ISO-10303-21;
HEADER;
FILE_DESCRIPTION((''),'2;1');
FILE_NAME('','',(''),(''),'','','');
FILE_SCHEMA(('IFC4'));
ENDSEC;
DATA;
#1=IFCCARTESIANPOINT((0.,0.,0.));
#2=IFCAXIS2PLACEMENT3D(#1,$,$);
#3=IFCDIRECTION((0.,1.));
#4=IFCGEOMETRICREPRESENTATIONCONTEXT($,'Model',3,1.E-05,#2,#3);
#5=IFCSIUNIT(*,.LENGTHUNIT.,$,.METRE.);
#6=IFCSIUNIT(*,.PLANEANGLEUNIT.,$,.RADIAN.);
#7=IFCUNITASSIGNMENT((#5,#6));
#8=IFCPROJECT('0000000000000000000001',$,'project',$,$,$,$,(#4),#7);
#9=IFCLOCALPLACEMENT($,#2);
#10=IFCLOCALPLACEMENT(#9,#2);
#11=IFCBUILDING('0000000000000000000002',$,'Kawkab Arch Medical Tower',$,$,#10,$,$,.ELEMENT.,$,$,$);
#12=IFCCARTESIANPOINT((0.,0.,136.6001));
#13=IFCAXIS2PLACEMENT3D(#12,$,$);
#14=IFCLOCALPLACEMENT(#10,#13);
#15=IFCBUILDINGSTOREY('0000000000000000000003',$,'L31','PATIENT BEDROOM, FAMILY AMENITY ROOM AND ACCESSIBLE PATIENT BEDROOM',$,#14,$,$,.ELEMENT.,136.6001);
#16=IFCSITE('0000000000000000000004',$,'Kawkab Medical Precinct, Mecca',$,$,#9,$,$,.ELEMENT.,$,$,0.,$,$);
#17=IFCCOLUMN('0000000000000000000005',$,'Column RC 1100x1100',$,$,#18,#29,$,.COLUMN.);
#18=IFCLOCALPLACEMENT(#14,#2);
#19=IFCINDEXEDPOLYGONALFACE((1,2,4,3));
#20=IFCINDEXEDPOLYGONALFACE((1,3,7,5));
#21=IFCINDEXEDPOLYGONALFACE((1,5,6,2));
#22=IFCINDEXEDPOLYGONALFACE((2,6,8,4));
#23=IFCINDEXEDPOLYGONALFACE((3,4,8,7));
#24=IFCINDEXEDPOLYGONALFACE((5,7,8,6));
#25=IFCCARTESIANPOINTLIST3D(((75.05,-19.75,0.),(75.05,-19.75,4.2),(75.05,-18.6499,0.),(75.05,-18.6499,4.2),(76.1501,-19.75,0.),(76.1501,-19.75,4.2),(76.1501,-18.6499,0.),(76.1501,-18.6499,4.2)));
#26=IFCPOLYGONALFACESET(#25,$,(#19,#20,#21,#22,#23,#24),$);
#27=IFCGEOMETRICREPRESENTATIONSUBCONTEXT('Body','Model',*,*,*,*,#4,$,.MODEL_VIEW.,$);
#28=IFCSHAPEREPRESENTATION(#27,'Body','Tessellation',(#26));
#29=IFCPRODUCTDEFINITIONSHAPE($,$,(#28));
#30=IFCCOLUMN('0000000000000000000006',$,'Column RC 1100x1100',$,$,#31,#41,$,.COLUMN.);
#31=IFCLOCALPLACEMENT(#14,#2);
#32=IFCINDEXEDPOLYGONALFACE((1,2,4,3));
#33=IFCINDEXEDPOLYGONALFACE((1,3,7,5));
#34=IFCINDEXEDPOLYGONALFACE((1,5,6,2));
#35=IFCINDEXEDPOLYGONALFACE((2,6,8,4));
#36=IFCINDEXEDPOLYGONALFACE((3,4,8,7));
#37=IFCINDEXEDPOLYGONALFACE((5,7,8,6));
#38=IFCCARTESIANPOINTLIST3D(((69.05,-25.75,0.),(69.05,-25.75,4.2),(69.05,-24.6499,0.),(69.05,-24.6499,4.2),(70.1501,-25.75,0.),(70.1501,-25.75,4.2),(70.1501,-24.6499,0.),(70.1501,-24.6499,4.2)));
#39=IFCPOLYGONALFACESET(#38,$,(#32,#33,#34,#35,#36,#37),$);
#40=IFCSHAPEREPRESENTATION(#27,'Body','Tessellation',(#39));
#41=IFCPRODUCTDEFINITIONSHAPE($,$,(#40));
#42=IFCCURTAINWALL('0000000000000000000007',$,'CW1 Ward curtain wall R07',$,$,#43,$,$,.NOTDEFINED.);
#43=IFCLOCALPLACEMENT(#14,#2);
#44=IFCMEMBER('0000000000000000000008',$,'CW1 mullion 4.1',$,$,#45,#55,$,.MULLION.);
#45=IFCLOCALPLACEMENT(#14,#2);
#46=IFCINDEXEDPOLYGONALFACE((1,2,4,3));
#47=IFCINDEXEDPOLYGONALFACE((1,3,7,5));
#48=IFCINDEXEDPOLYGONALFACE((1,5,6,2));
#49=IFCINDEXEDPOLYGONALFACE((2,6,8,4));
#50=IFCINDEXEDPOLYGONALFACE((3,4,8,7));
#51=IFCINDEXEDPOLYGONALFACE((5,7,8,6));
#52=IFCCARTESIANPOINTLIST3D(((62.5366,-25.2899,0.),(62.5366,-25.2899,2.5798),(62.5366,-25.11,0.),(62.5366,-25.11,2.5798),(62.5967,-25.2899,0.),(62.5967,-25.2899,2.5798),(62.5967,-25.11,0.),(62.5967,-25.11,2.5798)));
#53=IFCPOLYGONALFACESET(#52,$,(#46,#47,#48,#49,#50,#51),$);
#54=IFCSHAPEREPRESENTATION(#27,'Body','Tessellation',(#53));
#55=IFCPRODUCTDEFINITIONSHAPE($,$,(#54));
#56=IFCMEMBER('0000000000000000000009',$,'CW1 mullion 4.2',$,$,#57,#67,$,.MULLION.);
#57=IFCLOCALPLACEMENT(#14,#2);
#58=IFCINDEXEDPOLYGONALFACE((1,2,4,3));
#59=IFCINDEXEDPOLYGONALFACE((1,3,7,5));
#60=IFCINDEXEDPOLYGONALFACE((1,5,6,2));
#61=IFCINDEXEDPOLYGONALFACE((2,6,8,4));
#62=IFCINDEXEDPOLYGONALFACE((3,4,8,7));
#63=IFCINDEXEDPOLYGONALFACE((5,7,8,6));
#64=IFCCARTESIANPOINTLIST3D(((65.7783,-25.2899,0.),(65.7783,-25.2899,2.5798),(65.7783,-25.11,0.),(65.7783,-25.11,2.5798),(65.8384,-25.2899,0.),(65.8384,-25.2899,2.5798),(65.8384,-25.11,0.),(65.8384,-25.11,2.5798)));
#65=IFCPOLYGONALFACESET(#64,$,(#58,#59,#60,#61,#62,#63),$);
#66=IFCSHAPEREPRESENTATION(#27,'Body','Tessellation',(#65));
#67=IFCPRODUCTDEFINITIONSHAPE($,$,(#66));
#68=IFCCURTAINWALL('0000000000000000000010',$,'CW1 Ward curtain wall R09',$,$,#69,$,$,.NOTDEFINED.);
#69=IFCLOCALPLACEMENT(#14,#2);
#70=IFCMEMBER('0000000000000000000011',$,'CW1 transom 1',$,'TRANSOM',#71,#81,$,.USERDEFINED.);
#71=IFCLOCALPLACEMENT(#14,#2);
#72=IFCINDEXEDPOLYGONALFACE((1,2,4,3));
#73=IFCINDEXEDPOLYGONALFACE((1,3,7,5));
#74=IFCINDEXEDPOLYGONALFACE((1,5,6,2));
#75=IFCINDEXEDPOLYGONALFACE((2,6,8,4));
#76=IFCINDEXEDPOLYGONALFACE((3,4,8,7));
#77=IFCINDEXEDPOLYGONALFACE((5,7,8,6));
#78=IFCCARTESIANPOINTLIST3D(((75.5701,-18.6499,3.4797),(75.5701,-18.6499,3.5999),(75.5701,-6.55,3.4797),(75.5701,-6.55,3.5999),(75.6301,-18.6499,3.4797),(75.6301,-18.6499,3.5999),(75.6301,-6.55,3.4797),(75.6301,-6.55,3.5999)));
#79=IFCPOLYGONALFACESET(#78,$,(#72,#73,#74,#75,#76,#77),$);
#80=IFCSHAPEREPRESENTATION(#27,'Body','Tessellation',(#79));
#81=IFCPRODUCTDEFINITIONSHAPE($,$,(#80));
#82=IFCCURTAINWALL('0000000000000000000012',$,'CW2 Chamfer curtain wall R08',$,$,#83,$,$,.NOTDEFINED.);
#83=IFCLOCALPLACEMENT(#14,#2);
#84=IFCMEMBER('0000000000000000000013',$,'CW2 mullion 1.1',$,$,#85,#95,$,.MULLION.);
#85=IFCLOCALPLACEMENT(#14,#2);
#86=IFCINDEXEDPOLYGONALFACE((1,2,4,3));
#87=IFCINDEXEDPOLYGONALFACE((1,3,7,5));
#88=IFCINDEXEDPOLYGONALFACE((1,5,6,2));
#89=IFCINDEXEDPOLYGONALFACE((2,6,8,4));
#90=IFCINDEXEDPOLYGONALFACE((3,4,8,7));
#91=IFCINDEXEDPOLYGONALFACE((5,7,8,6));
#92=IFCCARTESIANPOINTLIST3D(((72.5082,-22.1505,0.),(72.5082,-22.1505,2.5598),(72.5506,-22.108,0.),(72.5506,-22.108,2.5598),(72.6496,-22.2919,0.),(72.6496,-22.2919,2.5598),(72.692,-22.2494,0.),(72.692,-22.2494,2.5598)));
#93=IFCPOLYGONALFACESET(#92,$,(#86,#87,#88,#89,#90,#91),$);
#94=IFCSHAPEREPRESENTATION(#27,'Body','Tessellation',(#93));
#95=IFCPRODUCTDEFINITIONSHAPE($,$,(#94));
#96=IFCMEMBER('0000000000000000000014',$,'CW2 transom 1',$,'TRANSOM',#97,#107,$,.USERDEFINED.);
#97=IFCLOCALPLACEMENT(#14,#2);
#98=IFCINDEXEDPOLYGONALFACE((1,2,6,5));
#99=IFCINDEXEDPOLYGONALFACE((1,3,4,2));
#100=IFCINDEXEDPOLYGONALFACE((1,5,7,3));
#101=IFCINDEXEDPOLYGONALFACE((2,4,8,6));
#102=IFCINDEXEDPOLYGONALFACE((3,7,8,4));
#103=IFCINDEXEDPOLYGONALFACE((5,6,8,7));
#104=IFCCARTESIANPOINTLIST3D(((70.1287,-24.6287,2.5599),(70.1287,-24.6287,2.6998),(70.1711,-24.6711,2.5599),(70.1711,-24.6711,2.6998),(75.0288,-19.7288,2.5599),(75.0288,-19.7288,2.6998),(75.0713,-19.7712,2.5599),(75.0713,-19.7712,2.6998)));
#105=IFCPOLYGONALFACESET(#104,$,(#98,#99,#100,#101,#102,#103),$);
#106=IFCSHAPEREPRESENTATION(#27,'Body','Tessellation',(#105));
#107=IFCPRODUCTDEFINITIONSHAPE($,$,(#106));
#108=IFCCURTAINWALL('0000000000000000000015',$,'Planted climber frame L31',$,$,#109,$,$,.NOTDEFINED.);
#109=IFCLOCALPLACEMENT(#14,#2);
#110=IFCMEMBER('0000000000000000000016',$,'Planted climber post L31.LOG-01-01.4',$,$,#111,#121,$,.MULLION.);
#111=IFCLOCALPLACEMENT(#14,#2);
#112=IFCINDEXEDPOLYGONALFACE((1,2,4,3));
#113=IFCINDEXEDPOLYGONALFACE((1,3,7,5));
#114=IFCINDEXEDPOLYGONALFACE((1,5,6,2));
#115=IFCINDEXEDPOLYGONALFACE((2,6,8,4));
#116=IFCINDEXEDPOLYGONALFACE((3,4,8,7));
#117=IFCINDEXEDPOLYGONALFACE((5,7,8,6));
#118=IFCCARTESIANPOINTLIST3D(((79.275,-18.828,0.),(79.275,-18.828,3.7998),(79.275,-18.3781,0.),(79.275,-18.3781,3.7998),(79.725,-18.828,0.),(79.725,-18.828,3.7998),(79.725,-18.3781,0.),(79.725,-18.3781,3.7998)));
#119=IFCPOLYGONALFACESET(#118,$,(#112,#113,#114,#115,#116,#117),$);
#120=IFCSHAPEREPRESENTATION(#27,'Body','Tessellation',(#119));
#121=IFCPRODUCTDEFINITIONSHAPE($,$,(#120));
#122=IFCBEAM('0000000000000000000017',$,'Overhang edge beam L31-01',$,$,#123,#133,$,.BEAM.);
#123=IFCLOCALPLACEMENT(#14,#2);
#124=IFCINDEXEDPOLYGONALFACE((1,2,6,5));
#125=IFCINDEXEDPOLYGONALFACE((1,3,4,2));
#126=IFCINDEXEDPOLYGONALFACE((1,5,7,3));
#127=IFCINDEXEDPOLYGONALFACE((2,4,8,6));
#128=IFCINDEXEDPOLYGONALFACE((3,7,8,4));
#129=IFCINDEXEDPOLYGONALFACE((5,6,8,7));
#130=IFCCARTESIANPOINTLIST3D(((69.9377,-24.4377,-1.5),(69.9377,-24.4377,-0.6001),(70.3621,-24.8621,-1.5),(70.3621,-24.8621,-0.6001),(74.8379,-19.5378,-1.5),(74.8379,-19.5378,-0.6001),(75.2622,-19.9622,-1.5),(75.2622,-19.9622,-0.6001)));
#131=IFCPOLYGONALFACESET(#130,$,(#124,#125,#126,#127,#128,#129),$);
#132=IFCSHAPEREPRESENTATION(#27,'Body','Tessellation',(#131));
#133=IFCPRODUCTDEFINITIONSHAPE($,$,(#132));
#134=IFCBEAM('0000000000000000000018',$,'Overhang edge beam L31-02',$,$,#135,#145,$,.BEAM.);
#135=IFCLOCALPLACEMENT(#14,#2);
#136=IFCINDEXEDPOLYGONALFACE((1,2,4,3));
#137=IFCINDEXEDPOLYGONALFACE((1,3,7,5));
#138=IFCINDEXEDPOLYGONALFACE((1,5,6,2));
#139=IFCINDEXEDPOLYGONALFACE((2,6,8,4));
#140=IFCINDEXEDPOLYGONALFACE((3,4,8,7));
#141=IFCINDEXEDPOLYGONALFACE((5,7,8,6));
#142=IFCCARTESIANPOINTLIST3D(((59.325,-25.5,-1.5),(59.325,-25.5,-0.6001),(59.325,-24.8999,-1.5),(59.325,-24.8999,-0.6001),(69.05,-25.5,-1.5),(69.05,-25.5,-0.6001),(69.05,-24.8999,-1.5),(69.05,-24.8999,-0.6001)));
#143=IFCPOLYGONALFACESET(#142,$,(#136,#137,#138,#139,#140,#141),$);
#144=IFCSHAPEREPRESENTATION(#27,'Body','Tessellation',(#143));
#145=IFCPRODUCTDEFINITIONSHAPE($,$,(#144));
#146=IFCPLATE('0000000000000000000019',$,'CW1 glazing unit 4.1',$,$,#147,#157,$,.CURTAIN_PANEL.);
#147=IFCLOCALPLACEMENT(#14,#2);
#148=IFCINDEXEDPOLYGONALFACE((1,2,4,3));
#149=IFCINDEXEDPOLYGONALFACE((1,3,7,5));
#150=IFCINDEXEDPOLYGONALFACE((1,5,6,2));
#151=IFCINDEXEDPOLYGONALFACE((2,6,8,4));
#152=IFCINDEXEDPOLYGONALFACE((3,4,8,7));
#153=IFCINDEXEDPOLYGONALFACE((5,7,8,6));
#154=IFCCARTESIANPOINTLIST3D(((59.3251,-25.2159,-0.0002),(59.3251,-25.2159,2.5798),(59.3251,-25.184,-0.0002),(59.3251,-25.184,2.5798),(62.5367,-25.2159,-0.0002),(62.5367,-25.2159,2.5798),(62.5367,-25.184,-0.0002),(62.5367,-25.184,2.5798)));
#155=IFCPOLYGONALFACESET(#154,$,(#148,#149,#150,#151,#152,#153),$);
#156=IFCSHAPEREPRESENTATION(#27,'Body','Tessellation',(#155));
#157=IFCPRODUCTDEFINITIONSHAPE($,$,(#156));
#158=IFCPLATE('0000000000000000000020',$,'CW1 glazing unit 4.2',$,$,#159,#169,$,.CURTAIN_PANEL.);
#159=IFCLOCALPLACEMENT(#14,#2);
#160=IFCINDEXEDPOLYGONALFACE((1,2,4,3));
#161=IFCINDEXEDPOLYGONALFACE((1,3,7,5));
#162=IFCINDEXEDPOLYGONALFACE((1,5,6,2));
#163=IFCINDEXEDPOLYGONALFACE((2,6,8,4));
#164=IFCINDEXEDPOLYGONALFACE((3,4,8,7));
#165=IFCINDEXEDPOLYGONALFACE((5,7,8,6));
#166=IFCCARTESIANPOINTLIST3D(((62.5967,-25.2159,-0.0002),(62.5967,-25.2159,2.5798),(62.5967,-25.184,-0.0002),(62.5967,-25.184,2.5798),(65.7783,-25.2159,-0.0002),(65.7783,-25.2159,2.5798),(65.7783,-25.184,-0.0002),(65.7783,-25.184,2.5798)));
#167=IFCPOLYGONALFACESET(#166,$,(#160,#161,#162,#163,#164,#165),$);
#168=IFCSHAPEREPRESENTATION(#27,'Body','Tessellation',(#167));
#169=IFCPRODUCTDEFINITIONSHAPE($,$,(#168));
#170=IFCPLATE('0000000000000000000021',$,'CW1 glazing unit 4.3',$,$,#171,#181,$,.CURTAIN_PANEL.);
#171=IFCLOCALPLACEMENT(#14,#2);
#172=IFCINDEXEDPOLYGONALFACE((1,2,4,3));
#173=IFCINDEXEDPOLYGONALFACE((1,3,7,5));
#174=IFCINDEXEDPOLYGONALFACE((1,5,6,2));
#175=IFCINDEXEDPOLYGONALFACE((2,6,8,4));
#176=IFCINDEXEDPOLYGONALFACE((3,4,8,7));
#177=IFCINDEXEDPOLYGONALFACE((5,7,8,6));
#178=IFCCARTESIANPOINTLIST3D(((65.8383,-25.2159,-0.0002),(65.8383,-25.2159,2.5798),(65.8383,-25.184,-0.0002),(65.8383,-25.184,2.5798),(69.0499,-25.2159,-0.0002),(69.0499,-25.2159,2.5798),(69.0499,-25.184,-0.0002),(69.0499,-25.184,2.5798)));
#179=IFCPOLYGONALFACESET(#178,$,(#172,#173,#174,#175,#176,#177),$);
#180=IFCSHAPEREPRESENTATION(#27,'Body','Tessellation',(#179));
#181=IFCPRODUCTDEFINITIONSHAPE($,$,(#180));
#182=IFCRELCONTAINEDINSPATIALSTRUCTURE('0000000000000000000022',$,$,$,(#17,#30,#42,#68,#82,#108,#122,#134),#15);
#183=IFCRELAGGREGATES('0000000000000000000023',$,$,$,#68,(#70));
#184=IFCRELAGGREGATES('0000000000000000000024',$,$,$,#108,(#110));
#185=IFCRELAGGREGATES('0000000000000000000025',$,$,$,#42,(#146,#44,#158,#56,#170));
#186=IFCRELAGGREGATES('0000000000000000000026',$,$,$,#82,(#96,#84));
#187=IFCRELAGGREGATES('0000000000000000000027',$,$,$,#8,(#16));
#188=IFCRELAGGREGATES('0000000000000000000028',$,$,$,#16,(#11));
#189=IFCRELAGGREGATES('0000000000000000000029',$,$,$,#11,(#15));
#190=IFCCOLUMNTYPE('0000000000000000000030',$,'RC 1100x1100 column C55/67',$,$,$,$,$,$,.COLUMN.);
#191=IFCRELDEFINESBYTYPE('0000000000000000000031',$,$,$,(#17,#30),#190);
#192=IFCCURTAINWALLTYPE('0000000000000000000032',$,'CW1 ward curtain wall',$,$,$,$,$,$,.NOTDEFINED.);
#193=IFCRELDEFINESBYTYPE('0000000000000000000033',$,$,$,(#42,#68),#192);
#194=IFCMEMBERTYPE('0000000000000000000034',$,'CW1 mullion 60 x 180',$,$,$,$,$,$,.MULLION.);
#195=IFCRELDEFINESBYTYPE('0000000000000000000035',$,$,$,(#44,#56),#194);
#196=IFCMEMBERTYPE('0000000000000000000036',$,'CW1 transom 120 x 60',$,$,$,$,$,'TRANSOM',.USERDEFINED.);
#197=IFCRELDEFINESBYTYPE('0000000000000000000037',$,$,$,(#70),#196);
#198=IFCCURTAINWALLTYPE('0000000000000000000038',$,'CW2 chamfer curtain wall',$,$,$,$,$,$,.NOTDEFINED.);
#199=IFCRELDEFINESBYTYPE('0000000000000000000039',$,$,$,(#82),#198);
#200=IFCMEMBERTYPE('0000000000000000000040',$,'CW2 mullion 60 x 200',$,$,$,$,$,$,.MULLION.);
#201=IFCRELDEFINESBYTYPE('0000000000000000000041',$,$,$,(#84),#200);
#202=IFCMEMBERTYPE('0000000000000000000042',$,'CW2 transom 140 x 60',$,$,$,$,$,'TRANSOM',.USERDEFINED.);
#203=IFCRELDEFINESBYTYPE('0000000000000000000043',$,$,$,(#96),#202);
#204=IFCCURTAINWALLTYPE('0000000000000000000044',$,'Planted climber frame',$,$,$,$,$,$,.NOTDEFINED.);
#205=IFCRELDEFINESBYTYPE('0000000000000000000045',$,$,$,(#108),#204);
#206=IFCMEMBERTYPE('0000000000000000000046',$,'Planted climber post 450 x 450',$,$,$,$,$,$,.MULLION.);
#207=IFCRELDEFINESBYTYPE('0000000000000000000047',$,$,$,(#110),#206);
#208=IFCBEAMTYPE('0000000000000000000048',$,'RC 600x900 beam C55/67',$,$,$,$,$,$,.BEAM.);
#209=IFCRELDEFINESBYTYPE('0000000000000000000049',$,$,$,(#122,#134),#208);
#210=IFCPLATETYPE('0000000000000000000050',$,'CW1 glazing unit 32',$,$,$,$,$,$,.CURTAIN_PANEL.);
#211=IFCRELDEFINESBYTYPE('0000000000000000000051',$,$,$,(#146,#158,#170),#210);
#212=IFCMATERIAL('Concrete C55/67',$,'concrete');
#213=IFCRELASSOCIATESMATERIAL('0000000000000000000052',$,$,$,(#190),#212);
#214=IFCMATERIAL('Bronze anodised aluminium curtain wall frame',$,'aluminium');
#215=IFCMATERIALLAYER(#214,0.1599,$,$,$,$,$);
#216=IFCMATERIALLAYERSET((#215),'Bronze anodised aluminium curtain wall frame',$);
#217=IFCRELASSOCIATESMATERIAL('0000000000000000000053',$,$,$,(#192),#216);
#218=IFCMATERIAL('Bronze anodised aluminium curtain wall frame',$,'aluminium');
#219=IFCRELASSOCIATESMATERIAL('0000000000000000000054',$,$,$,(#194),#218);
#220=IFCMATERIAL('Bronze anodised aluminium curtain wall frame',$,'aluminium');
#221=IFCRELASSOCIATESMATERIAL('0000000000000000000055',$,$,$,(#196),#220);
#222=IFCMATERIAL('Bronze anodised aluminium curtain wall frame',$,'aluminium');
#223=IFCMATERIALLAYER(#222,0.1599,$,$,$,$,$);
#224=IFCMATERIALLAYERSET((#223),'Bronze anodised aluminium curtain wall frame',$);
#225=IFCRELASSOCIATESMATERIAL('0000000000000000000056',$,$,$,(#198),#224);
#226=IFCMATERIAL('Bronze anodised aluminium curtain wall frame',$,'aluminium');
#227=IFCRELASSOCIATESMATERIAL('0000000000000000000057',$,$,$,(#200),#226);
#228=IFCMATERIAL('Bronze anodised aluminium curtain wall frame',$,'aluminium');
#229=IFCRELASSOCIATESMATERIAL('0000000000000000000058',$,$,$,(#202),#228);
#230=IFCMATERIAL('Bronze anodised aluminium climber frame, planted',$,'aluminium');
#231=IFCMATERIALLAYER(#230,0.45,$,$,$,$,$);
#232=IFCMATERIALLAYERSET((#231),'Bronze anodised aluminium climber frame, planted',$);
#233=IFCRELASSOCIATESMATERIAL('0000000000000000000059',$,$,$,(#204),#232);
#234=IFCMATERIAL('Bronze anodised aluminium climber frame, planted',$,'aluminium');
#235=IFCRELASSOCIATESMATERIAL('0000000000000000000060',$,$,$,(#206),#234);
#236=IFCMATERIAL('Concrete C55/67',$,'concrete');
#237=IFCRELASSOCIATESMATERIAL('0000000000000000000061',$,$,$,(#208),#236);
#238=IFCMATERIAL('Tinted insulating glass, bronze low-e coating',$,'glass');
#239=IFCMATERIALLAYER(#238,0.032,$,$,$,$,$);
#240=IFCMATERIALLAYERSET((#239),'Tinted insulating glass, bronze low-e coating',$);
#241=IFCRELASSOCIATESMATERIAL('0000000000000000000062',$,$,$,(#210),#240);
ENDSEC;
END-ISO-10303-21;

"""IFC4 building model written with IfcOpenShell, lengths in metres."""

from ifc_helpers import new_model, si_unit, direction, frame, origin, origin_2d, place, context, subcontext, project, spatial, rectangle, extrude, material, layer, layer_set, material_profile, profile_set, type_object, element, aggregate, save


model = new_model("IFC4")

# Units and contexts
model_context = context("Model", 3, precision=1e-05, world=origin(), true_north=direction((0.0, 1.0)))
body_context = subcontext(model_context, "Body", "Model", "MODEL_VIEW")
ifc_project = project(units=[si_unit("LENGTHUNIT", "METRE"), si_unit("PLANEANGLEUNIT", "RADIAN")], contexts=[model_context])

# Site, building, storey
site_placement = place(None, origin())
site = spatial("IfcSite", under=ifc_project, at=site_placement, Name="Kawkab Medical Precinct, Mecca", CompositionType="ELEMENT", RefElevation=0.0)
building_placement = place(site_placement, origin())
building = spatial("IfcBuilding", under=site, at=building_placement, Name="Kawkab Arch Medical Tower", CompositionType="ELEMENT")
storey_placement = place(building_placement, frame((0.0, 0.0, 136.6001)))
storey = spatial("IfcBuildingStorey", under=building, at=storey_placement, Name="L31", Description="PATIENT BEDROOM, FAMILY AMENITY ROOM AND ACCESSIBLE PATIENT BEDROOM", CompositionType="ELEMENT", Elevation=136.6001)

# Columns
ifc_material_1 = material(Name="Concrete C55/67", Category="concrete")
ifc_material_profile_1 = material_profile(ifc_material_1, rectangle(XDim=1.1001, YDim=1.1001, at=origin_2d()), Name="RC 1100x1100")
ifc_profile_set_1 = profile_set([ifc_material_profile_1], Name="Concrete C55/67")
column_type = type_object("IfcColumnType", Name="RC 1100x1100 column C55/67", PredefinedType="COLUMN", material=ifc_profile_set_1)
for number, where, z_axis, x_axis, name in (
    (1, (75.6001, -19.2, 0.0), (0.0, 0.0, 1.0), (1.0, 0.0, 0.0), "Column RC 1100x1100"),
    (2, (69.6001, -25.2, 0.0), (0.0, 0.0, 1.0), (1.0, 0.0, 0.0), "Column RC 1100x1100"),
):
    element("IfcColumn", number, at=place(storey_placement, frame(where, z_axis=z_axis, x_axis=x_axis)), inside=storey, type_object=column_type, Name=name, PredefinedType="COLUMN", context=body_context, shape_type="SweptSolid", body=[
        extrude(rectangle(XDim=1.1001, YDim=1.1001, at=origin_2d()), origin(), (0.0, 0.0, 1.0), 4.2),
    ])

# Curtain wall, members
ifc_material_2 = material(Name="Bronze anodised aluminium curtain wall frame", Category="aluminium")
ifc_layer_1 = layer(ifc_material_2, 0.1599)
ifc_layer_set_1 = layer_set([ifc_layer_1], Name="Bronze anodised aluminium curtain wall frame")
curtain_wall_type_1 = type_object("IfcCurtainWallType", Name="CW1 ward curtain wall", PredefinedType="NOTDEFINED", material=ifc_layer_set_1)
placement = place(storey_placement, origin())
curtain_wall_1 = element("IfcCurtainWall", 3, at=placement, inside=storey, type_object=curtain_wall_type_1, Name="CW1 Ward curtain wall R07", PredefinedType="NOTDEFINED")
ifc_material_3 = material(Name="Bronze anodised aluminium curtain wall frame", Category="aluminium")
ifc_material_profile_2 = material_profile(ifc_material_3, rectangle(XDim=0.1799, YDim=0.0601, at=origin_2d()), Name="AL 60x180")
ifc_profile_set_2 = profile_set([ifc_material_profile_2], Name="Bronze anodised aluminium curtain wall frame")
member_type_1 = type_object("IfcMemberType", Name="CW1 mullion 60 x 180", PredefinedType="MULLION", material=ifc_profile_set_2)
member_1_placement = place(storey_placement, frame((62.5667, -25.2, 0.0), z_axis=(0.0, 0.0, 1.0), x_axis=(0.0, 1.0, 0.0)))
member_1 = element("IfcMember", 4, at=member_1_placement, type_object=member_type_1, Name="CW1 mullion 4.1", PredefinedType="MULLION", context=body_context, shape_type="SweptSolid", body=[
    extrude(rectangle(XDim=0.1799, YDim=0.0601, at=origin_2d()), origin(), (0.0, 0.0, 1.0), 2.5798),
])
member_2_placement = place(storey_placement, frame((65.8083, -25.2, 0.0), z_axis=(0.0, 0.0, 1.0), x_axis=(0.0, 1.0, 0.0)))
member_2 = element("IfcMember", 5, at=member_2_placement, type_object=member_type_1, Name="CW1 mullion 4.2", PredefinedType="MULLION", context=body_context, shape_type="SweptSolid", body=[
    extrude(rectangle(XDim=0.1799, YDim=0.0601, at=origin_2d()), origin(), (0.0, 0.0, 1.0), 2.5798),
])

# Curtain wall, member
curtain_wall_2 = element("IfcCurtainWall", 6, at=placement, inside=storey, type_object=curtain_wall_type_1, Name="CW1 Ward curtain wall R09", PredefinedType="NOTDEFINED")
ifc_material_4 = material(Name="Bronze anodised aluminium curtain wall frame", Category="aluminium")
ifc_material_profile_3 = material_profile(ifc_material_4, rectangle(XDim=0.0601, YDim=0.1201, at=origin_2d()), Name="AL 60x120")
ifc_profile_set_3 = profile_set([ifc_material_profile_3], Name="Bronze anodised aluminium curtain wall frame")
member_type_2 = type_object("IfcMemberType", Name="CW1 transom 120 x 60", ElementType="TRANSOM", PredefinedType="USERDEFINED", material=ifc_profile_set_3)
member_3_placement = place(storey_placement, frame((75.6001, -18.6499, 3.5398), z_axis=(0.0, 1.0, 0.0), x_axis=(-1.0, 0.0, 0.0)))
member_3 = element("IfcMember", 7, at=member_3_placement, type_object=member_type_2, Name="CW1 transom 1", ObjectType="TRANSOM", PredefinedType="USERDEFINED", context=body_context, shape_type="SweptSolid", body=[
    extrude(rectangle(XDim=0.0601, YDim=0.1201, at=origin_2d()), origin(), (0.0, 0.0, 1.0), 12.0999),
])
aggregate(curtain_wall_2, [member_3])

# Curtain wall, members
ifc_material_5 = material(Name="Bronze anodised aluminium curtain wall frame", Category="aluminium")
ifc_layer_2 = layer(ifc_material_5, 0.1599)
ifc_layer_set_2 = layer_set([ifc_layer_2], Name="Bronze anodised aluminium curtain wall frame")
curtain_wall_type_2 = type_object("IfcCurtainWallType", Name="CW2 chamfer curtain wall", PredefinedType="NOTDEFINED", material=ifc_layer_set_2)
curtain_wall_3 = element("IfcCurtainWall", 8, at=placement, inside=storey, type_object=curtain_wall_type_2, Name="CW2 Chamfer curtain wall R08", PredefinedType="NOTDEFINED")
ifc_material_6 = material(Name="Bronze anodised aluminium curtain wall frame", Category="aluminium")
ifc_material_profile_4 = material_profile(ifc_material_6, rectangle(XDim=0.2, YDim=0.0601, at=origin_2d()), Name="AL 60x200")
ifc_profile_set_4 = profile_set([ifc_material_profile_4], Name="Bronze anodised aluminium curtain wall frame")
member_type_3 = type_object("IfcMemberType", Name="CW2 mullion 60 x 200", PredefinedType="MULLION", material=ifc_profile_set_4)
member_4_placement = place(storey_placement, frame((72.6001, -22.2, 0.0), z_axis=(0.0, 0.0, 1.0), x_axis=(-0.707107, 0.707107, 0.0)))
member_4 = element("IfcMember", 9, at=member_4_placement, type_object=member_type_3, Name="CW2 mullion 1.1", PredefinedType="MULLION", context=body_context, shape_type="SweptSolid", body=[
    extrude(rectangle(XDim=0.2, YDim=0.0601, at=origin_2d()), origin(), (0.0, 0.0, 1.0), 2.5598),
])
ifc_material_7 = material(Name="Bronze anodised aluminium curtain wall frame", Category="aluminium")
ifc_material_profile_5 = material_profile(ifc_material_7, rectangle(XDim=0.0601, YDim=0.1399, at=origin_2d()), Name="AL 60x140")
ifc_profile_set_5 = profile_set([ifc_material_profile_5], Name="Bronze anodised aluminium curtain wall frame")
member_type_4 = type_object("IfcMemberType", Name="CW2 transom 140 x 60", ElementType="TRANSOM", PredefinedType="USERDEFINED", material=ifc_profile_set_5)
member_5_placement = place(storey_placement, frame((70.1499, -24.6499, 2.6299), z_axis=(0.707124, 0.707089, 0.0), x_axis=(-0.707089, 0.707124, 0.0)))
member_5 = element("IfcMember", 10, at=member_5_placement, type_object=member_type_4, Name="CW2 transom 1", ObjectType="TRANSOM", PredefinedType="USERDEFINED", context=body_context, shape_type="SweptSolid", body=[
    extrude(rectangle(XDim=0.0601, YDim=0.1399, at=origin_2d()), origin(), (0.0, 0.0, 1.0), 6.9297),
])

# Curtain wall, member
ifc_material_8 = material(Name="Bronze anodised aluminium climber frame, planted", Category="aluminium")
ifc_layer_3 = layer(ifc_material_8, 0.45)
ifc_layer_set_3 = layer_set([ifc_layer_3], Name="Bronze anodised aluminium climber frame, planted")
curtain_wall_type_3 = type_object("IfcCurtainWallType", Name="Planted climber frame", PredefinedType="NOTDEFINED", material=ifc_layer_set_3)
curtain_wall_4 = element("IfcCurtainWall", 11, at=placement, inside=storey, type_object=curtain_wall_type_3, Name="Planted climber frame L31", PredefinedType="NOTDEFINED")
ifc_material_9 = material(Name="Bronze anodised aluminium climber frame, planted", Category="aluminium")
ifc_material_profile_6 = material_profile(ifc_material_9, rectangle(XDim=0.45, YDim=0.45, at=origin_2d()), Name="Post 450x450")
ifc_profile_set_6 = profile_set([ifc_material_profile_6], Name="Bronze anodised aluminium climber frame, planted")
member_type_5 = type_object("IfcMemberType", Name="Planted climber post 450 x 450", PredefinedType="MULLION", material=ifc_profile_set_6)
member_6_placement = place(storey_placement, frame((79.5, -18.603, 0.0), z_axis=(0.0, 0.0, 1.0), x_axis=(1.0, 0.0, 0.0)))
member_6 = element("IfcMember", 12, at=member_6_placement, type_object=member_type_5, Name="Planted climber post L31.LOG-01-01.4", PredefinedType="MULLION", context=body_context, shape_type="SweptSolid", body=[
    extrude(rectangle(XDim=0.45, YDim=0.45, at=origin_2d()), origin(), (0.0, 0.0, 1.0), 3.7998),
])
aggregate(curtain_wall_4, [member_6])

# Beams
ifc_material_10 = material(Name="Concrete C55/67", Category="concrete")
ifc_material_profile_7 = material_profile(ifc_material_10, rectangle(XDim=0.6001, YDim=0.8999, at=origin_2d()), Name="RC 600x900")
ifc_profile_set_7 = profile_set([ifc_material_profile_7], Name="Concrete C55/67")
beam_type = type_object("IfcBeamType", Name="RC 600x900 beam C55/67", PredefinedType="BEAM", material=ifc_profile_set_7)
beam_1_placement = place(storey_placement, frame((75.05, -19.75, -1.05), z_axis=(-0.707124, -0.707089, 0.0), x_axis=(0.707089, -0.707124, 0.0)))
element("IfcBeam", 13, at=beam_1_placement, inside=storey, type_object=beam_type, Name="Overhang edge beam L31-01", PredefinedType="BEAM", context=body_context, shape_type="SweptSolid", body=[
    extrude(rectangle(XDim=0.6001, YDim=0.8999, at=origin_2d()), origin(), (0.0, 0.0, 1.0), 6.9297),
])
beam_2_placement = place(storey_placement, frame((69.05, -25.2, -1.05), z_axis=(-1.0, 0.0, 0.0), x_axis=(0.0, -1.0, 0.0)))
element("IfcBeam", 14, at=beam_2_placement, inside=storey, type_object=beam_type, Name="Overhang edge beam L31-02", PredefinedType="BEAM", context=body_context, shape_type="SweptSolid", body=[
    extrude(rectangle(XDim=0.6001, YDim=0.8999, at=origin_2d()), origin(), (0.0, 0.0, 1.0), 9.7251),
])

# Plates
ifc_material_11 = material(Name="Tinted insulating glass, bronze low-e coating", Category="glass")
ifc_layer_4 = layer(ifc_material_11, 0.032)
ifc_layer_set_4 = layer_set([ifc_layer_4], Name="Tinted insulating glass, bronze low-e coating")
plate_type_1 = type_object("IfcPlateType", Name="CW1 glazing unit 32", PredefinedType="CURTAIN_PANEL", material=ifc_layer_set_4)
plate_1_placement = place(storey_placement, frame((60.9309, -25.2, -0.0002), z_axis=(0.0, 0.0, 1.0), x_axis=(1.0, 0.0, 0.0)))
plate_1 = element("IfcPlate", 15, at=plate_1_placement, type_object=plate_type_1, Name="CW1 glazing unit 4.1", PredefinedType="CURTAIN_PANEL", context=body_context, shape_type="SweptSolid", body=[
    extrude(rectangle(XDim=3.2117, YDim=0.032, at=origin_2d()), origin(), (0.0, 0.0, 1.0), 2.5801),
])
plate_2_placement = place(storey_placement, frame((64.1875, -25.2, -0.0002), z_axis=(0.0, 0.0, 1.0), x_axis=(1.0, 0.0, 0.0)))
plate_2 = element("IfcPlate", 16, at=plate_2_placement, type_object=plate_type_1, Name="CW1 glazing unit 4.2", PredefinedType="CURTAIN_PANEL", context=body_context, shape_type="SweptSolid", body=[
    extrude(rectangle(XDim=3.1816, YDim=0.032, at=origin_2d()), origin(), (0.0, 0.0, 1.0), 2.5801),
])
plate_3_placement = place(storey_placement, frame((67.4441, -25.2, -0.0002), z_axis=(0.0, 0.0, 1.0), x_axis=(1.0, 0.0, 0.0)))
plate_3 = element("IfcPlate", 17, at=plate_3_placement, type_object=plate_type_1, Name="CW1 glazing unit 4.3", PredefinedType="CURTAIN_PANEL", context=body_context, shape_type="SweptSolid", body=[
    extrude(rectangle(XDim=3.2117, YDim=0.032, at=origin_2d()), origin(), (0.0, 0.0, 1.0), 2.5801),
])
aggregate(curtain_wall_1, [plate_1, member_1, plate_2, member_2, plate_3])
aggregate(curtain_wall_3, [member_5, member_4])

save(model, "model.ifc")
